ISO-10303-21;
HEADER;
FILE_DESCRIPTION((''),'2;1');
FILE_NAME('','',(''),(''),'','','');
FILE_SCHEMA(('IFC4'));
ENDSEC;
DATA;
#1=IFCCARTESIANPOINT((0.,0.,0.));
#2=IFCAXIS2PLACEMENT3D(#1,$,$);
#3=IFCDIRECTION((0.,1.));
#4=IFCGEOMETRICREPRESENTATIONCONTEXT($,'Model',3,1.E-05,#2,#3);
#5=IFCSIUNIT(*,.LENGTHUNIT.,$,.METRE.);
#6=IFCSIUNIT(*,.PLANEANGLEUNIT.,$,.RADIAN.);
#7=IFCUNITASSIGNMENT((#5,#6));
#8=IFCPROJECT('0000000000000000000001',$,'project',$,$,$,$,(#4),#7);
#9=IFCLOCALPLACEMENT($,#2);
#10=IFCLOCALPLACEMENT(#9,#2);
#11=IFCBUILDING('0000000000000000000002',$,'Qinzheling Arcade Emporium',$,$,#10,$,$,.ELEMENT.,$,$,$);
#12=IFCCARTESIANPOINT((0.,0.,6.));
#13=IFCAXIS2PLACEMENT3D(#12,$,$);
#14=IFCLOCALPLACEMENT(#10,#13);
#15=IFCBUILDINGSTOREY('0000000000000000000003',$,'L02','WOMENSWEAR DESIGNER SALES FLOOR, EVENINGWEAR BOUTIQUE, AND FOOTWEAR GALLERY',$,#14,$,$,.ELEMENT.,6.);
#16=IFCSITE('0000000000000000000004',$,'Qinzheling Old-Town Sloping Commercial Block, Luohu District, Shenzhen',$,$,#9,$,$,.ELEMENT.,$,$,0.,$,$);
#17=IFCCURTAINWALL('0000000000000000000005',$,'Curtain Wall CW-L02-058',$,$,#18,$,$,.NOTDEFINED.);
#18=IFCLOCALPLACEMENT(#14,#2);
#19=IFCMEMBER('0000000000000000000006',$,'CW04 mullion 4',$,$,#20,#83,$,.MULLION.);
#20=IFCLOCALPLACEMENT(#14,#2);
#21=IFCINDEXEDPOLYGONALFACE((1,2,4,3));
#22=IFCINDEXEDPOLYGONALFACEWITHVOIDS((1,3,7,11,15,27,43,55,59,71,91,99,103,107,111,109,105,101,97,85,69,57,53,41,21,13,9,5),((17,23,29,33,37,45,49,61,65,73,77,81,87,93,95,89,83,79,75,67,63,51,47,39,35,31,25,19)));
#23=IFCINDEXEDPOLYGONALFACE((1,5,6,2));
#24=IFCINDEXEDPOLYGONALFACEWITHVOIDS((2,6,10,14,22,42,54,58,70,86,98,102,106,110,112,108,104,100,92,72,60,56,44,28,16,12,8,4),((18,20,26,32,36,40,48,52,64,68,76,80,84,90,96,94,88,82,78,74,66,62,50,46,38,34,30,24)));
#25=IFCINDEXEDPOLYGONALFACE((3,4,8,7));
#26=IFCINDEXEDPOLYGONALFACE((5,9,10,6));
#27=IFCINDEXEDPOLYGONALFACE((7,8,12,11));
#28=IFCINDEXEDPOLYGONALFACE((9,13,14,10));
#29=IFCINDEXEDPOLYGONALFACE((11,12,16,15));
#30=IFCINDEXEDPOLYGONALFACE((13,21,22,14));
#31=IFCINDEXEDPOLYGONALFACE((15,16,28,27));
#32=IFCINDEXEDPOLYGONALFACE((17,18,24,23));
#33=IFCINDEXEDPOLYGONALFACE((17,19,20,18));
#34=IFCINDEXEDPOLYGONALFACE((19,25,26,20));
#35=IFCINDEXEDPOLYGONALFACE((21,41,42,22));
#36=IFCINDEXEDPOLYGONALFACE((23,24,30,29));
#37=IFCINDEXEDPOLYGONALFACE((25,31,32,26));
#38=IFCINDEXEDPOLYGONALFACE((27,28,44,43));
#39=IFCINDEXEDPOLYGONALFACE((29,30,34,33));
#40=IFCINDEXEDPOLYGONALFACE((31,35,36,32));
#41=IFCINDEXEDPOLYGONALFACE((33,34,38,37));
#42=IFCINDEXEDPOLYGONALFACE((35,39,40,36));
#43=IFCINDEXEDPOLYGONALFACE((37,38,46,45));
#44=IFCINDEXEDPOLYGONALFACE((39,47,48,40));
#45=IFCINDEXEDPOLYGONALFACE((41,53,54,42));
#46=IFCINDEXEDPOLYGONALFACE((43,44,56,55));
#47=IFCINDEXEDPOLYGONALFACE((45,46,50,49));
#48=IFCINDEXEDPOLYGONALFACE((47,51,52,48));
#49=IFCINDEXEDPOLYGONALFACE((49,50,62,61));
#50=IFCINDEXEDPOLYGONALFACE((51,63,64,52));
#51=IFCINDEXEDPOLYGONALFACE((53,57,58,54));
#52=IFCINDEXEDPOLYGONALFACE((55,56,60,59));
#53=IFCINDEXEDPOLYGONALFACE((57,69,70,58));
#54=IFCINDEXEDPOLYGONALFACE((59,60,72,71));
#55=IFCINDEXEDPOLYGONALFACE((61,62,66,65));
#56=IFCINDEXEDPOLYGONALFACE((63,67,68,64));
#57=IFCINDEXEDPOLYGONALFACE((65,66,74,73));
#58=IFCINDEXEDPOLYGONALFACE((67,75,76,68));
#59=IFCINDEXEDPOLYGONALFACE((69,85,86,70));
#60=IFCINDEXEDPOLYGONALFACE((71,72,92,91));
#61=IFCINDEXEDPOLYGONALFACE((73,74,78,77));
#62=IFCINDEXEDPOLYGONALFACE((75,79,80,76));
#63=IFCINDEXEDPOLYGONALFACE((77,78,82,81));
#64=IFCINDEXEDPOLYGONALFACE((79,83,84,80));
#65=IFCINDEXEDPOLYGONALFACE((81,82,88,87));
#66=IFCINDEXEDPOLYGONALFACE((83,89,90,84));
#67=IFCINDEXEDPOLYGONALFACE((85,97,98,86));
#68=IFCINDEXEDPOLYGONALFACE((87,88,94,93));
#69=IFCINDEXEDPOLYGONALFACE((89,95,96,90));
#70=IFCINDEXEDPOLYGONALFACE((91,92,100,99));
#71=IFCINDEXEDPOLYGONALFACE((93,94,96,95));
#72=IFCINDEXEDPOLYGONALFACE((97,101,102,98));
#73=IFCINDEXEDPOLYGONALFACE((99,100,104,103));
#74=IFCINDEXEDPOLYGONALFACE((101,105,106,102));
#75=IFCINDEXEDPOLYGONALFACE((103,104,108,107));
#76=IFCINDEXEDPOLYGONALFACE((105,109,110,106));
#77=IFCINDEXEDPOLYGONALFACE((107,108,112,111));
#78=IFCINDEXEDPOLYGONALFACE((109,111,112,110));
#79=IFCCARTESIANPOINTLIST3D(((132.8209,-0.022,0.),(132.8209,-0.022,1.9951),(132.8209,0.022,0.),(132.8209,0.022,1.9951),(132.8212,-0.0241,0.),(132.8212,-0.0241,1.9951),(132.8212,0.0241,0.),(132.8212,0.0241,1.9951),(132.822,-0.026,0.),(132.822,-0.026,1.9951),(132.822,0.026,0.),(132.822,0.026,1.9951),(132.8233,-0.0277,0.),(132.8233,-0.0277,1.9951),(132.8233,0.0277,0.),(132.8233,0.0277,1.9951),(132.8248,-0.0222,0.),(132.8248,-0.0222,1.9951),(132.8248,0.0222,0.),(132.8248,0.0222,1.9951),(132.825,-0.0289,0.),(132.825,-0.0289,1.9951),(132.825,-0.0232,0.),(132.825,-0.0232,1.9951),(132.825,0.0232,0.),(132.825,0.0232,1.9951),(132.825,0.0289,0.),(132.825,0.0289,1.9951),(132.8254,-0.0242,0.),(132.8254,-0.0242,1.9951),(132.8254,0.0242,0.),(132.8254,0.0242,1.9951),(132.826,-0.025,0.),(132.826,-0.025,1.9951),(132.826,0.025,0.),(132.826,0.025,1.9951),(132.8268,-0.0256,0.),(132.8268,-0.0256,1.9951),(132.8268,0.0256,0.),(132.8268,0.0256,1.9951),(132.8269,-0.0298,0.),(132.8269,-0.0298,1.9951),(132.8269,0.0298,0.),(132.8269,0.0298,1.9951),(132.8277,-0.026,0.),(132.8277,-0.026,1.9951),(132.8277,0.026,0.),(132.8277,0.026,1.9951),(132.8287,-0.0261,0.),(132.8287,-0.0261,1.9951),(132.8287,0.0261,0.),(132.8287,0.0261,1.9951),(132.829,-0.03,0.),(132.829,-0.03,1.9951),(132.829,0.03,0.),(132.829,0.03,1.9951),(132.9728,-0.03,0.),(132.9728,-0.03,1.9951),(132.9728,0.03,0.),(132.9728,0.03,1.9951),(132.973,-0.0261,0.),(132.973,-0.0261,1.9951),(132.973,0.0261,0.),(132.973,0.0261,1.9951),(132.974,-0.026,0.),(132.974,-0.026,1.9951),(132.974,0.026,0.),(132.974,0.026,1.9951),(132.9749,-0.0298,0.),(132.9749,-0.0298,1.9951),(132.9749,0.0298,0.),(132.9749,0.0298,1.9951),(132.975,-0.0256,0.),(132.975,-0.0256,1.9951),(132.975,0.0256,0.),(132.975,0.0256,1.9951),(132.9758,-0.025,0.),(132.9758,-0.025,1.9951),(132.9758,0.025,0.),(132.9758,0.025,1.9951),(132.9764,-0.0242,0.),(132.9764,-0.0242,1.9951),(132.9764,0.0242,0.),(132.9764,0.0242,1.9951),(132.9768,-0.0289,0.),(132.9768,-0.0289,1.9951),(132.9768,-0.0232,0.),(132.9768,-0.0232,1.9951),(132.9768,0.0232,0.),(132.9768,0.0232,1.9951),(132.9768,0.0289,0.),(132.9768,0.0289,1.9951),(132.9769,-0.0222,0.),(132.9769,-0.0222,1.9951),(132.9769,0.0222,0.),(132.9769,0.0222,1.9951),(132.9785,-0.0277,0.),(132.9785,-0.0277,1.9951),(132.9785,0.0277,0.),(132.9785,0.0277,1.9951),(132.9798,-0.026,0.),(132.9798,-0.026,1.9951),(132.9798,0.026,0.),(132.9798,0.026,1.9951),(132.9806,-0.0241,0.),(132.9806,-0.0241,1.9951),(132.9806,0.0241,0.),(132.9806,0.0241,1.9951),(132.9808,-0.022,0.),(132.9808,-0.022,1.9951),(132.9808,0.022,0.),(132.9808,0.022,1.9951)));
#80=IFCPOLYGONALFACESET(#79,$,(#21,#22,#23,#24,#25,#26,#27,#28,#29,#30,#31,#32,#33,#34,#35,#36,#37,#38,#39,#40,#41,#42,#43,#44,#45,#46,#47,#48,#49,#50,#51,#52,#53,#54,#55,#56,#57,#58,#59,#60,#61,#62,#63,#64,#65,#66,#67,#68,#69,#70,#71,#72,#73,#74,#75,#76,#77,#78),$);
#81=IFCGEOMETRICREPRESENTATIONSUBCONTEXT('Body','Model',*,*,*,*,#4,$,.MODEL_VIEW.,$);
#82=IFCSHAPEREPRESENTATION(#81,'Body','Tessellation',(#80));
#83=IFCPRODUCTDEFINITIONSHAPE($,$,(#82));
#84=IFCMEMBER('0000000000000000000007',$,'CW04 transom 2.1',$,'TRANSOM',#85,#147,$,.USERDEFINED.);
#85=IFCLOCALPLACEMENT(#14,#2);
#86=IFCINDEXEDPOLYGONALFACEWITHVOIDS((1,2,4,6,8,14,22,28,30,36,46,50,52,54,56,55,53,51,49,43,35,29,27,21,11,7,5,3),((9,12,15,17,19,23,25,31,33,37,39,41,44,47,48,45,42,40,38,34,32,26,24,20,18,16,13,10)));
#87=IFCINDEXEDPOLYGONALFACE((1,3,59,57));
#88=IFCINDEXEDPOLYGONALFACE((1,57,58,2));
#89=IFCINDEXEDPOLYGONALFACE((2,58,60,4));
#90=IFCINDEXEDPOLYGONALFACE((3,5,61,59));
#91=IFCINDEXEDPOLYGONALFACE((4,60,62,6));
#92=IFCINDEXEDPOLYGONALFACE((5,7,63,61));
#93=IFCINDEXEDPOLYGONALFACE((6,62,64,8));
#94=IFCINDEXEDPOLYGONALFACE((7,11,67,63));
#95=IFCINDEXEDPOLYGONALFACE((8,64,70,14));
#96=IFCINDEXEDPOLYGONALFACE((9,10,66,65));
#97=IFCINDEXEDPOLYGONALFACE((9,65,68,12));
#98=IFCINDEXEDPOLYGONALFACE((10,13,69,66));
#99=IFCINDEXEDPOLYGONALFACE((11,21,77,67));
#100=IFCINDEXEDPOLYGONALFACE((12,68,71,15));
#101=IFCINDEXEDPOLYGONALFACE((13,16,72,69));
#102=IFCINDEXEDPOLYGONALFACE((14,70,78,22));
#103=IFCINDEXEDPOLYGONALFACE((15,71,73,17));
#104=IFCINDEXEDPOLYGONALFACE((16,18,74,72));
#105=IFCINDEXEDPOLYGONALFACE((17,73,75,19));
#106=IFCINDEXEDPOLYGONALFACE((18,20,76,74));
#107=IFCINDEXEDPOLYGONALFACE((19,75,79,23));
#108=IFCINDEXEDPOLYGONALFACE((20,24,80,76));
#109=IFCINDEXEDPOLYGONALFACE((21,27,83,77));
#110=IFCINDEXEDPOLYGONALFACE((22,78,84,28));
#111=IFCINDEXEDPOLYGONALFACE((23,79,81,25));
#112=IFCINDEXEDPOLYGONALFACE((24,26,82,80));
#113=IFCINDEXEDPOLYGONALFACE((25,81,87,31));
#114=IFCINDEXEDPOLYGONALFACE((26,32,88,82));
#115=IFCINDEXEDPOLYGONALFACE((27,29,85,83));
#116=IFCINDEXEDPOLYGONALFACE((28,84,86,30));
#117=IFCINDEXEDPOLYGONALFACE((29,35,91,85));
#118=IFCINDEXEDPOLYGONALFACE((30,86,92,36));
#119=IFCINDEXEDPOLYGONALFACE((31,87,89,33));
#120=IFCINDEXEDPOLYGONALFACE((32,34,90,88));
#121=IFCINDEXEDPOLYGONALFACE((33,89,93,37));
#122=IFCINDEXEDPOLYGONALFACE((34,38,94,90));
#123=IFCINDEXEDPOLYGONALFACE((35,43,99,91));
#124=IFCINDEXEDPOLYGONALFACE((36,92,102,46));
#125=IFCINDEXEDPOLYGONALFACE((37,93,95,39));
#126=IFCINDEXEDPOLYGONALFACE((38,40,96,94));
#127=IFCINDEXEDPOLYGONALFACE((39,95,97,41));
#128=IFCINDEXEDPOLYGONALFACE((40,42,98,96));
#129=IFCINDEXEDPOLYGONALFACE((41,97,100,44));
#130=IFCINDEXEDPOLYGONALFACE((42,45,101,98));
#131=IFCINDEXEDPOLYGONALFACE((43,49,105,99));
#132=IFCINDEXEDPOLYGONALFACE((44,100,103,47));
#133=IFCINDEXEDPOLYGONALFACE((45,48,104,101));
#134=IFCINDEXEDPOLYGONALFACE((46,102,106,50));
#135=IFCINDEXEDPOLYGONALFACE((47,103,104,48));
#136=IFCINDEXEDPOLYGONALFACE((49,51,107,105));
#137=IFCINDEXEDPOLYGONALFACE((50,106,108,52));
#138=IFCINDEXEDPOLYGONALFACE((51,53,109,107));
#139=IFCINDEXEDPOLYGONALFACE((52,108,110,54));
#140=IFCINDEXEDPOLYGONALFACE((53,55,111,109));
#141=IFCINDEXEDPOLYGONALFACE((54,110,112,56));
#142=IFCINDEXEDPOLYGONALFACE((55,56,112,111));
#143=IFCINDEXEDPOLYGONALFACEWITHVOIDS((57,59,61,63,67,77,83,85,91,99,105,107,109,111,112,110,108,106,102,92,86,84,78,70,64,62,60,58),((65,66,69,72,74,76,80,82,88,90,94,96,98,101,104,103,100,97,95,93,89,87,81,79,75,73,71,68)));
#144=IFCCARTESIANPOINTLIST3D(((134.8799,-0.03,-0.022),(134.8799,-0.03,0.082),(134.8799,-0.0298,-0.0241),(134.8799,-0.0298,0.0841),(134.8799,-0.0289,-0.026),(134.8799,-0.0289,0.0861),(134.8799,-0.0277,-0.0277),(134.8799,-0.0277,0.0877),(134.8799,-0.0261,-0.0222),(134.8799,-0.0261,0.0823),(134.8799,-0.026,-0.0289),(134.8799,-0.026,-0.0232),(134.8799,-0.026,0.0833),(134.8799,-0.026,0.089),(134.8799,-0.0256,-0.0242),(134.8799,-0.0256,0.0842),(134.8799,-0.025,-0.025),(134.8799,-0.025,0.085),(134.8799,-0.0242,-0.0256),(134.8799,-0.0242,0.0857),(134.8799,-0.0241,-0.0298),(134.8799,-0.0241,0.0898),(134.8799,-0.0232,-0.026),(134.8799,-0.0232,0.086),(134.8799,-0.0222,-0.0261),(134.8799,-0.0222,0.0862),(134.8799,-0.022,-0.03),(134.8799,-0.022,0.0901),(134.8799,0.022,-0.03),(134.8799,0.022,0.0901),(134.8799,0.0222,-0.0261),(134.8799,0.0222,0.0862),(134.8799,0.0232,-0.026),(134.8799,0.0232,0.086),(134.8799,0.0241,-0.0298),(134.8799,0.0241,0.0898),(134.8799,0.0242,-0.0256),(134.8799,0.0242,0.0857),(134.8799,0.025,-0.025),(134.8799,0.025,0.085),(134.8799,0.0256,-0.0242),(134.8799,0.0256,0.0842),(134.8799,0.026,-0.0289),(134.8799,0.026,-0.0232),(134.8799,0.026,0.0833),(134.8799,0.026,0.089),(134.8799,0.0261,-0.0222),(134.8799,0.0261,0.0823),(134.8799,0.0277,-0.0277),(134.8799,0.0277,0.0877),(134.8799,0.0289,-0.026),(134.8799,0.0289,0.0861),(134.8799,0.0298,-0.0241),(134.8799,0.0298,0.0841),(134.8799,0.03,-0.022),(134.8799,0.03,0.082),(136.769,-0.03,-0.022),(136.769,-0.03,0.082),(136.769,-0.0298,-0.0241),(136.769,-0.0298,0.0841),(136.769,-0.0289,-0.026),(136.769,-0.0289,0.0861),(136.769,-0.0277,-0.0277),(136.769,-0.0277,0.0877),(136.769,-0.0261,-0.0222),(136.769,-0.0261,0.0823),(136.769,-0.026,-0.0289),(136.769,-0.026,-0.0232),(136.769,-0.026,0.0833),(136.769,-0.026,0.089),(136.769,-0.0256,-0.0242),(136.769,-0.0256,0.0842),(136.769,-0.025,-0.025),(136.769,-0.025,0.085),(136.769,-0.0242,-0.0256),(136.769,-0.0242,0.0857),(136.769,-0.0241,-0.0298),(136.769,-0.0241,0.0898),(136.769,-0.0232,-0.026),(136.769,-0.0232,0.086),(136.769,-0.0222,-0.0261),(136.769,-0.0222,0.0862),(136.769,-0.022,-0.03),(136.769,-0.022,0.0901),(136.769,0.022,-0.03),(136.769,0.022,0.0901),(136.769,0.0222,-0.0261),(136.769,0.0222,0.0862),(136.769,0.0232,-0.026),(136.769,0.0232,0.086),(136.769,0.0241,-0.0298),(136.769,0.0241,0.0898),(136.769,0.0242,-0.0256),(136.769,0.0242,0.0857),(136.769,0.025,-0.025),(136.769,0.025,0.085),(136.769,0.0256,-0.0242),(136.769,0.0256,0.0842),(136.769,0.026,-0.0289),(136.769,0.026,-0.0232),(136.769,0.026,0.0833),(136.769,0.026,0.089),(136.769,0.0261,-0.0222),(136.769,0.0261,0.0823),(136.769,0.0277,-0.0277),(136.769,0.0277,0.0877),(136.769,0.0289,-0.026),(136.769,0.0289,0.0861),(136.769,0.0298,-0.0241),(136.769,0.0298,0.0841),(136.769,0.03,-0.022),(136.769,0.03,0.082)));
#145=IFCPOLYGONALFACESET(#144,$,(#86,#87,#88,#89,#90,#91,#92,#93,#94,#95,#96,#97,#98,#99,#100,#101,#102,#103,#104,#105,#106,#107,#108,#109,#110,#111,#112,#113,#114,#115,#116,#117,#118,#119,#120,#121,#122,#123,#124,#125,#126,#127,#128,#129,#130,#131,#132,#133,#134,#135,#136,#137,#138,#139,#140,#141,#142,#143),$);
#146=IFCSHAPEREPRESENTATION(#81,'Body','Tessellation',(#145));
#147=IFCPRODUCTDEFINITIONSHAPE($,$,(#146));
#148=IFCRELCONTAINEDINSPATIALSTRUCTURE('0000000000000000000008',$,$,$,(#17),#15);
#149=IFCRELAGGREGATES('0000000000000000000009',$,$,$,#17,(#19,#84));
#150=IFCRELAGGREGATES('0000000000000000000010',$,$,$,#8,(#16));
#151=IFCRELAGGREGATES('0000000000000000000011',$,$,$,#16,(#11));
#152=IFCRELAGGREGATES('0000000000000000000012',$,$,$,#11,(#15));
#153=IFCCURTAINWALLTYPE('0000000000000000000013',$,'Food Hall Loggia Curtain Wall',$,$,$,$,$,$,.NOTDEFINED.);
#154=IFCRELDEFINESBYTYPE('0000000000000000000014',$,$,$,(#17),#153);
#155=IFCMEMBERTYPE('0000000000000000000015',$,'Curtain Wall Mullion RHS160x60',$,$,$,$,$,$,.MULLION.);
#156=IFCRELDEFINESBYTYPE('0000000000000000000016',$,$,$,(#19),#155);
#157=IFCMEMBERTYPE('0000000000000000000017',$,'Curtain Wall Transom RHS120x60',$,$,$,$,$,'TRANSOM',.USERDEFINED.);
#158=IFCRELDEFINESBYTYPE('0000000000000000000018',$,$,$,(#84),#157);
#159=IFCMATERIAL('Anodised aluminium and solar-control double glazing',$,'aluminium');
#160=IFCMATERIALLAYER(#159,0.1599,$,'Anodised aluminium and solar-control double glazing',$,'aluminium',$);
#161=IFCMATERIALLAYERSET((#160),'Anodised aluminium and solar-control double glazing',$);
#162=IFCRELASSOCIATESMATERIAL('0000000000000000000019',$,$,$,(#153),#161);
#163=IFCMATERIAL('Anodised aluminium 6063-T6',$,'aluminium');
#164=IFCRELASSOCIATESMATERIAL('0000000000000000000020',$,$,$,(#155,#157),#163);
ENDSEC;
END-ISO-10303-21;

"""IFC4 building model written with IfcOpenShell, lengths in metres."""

from ifc_helpers import new_model, si_unit, direction, frame, origin, origin_2d, place, context, subcontext, project, spatial, hollow_rectangle, extrude, material, layer, layer_set, material_profile, profile_set, type_object, element, aggregate, save


model = new_model("IFC4")

# Units and contexts
model_context = context("Model", 3, precision=1e-05, world=origin(), true_north=direction((0.0, 1.0)))
body_context = subcontext(model_context, "Body", "Model", "MODEL_VIEW")
ifc_project = project(units=[si_unit("LENGTHUNIT", "METRE"), si_unit("PLANEANGLEUNIT", "RADIAN")], contexts=[model_context])

# Site, building, storey
site_placement = place(None, origin())
site = spatial("IfcSite", under=ifc_project, at=site_placement, Name="Qinzheling Old-Town Sloping Commercial Block, Luohu District, Shenzhen", CompositionType="ELEMENT", RefElevation=0.0)
building_placement = place(site_placement, origin())
building = spatial("IfcBuilding", under=site, at=building_placement, Name="Qinzheling Arcade Emporium", CompositionType="ELEMENT")
storey_placement = place(building_placement, frame((0.0, 0.0, 6.0)))
storey = spatial("IfcBuildingStorey", under=building, at=storey_placement, Name="L02", Description="WOMENSWEAR DESIGNER SALES FLOOR, EVENINGWEAR BOUTIQUE, AND FOOTWEAR GALLERY", CompositionType="ELEMENT", Elevation=6.0)

# Curtain wall, members
ifc_material_1 = material(Name="Anodised aluminium and solar-control double glazing", Category="aluminium")
ifc_layer_1 = layer(ifc_material_1, 0.1599, Name="Anodised aluminium and solar-control double glazing", Category="aluminium")
ifc_layer_set_1 = layer_set([ifc_layer_1], Name="Anodised aluminium and solar-control double glazing")
curtain_wall_type = type_object("IfcCurtainWallType", Name="Food Hall Loggia Curtain Wall", PredefinedType="NOTDEFINED", material=ifc_layer_set_1)
curtain_wall_placement = place(storey_placement, origin())
curtain_wall = element("IfcCurtainWall", 1, at=curtain_wall_placement, inside=storey, type_object=curtain_wall_type, Name="Curtain Wall CW-L02-058", PredefinedType="NOTDEFINED")
ifc_material_2 = material(Name="Anodised aluminium 6063-T6", Category="aluminium")
ifc_material_profile_1 = material_profile(ifc_material_2, hollow_rectangle(XDim=0.0601, YDim=0.1599, WallThickness=0.0039, InnerFilletRadius=0.0039, OuterFilletRadius=0.0081, at=origin_2d()), Name="RHS 160x60x4", Category="aluminium")
ifc_profile_set_1 = profile_set([ifc_material_profile_1], Name="Anodised aluminium 6063-T6")
member_type_1 = type_object("IfcMemberType", Name="Curtain Wall Mullion RHS160x60", PredefinedType="MULLION", material=ifc_profile_set_1)
member_1_placement = place(storey_placement, frame((132.9009, 0.0, 0.0), z_axis=(0.0, 0.0, 1.0), x_axis=(0.0, -1.0, 0.0)))
member_1 = element("IfcMember", 2, at=member_1_placement, type_object=member_type_1, Name="CW04 mullion 4", PredefinedType="MULLION", context=body_context, shape_type="SweptSolid", body=[
    extrude(hollow_rectangle(XDim=0.0601, YDim=0.1599, WallThickness=0.0039, InnerFilletRadius=0.0039, OuterFilletRadius=0.0081, at=origin_2d()), origin(), (0.0, 0.0, 1.0), 1.9951),
])
ifc_material_profile_2 = material_profile(ifc_material_2, hollow_rectangle(XDim=0.0601, YDim=0.1201, WallThickness=0.0039, InnerFilletRadius=0.0039, OuterFilletRadius=0.0081, at=origin_2d()), Name="RHS 120x60x4", Category="aluminium")
ifc_profile_set_2 = profile_set([ifc_material_profile_2], Name="Anodised aluminium 6063-T6")
member_type_2 = type_object("IfcMemberType", Name="Curtain Wall Transom RHS120x60", ElementType="TRANSOM", PredefinedType="USERDEFINED", material=ifc_profile_set_2)
member_2_placement = place(storey_placement, frame((136.769, 0.0, 0.03), z_axis=(-1.0, 0.0, 0.0), x_axis=(0.0, -1.0, 0.0)))
member_2 = element("IfcMember", 3, at=member_2_placement, type_object=member_type_2, Name="CW04 transom 2.1", ObjectType="TRANSOM", PredefinedType="USERDEFINED", context=body_context, shape_type="SweptSolid", body=[
    extrude(hollow_rectangle(XDim=0.0601, YDim=0.1201, WallThickness=0.0039, InnerFilletRadius=0.0039, OuterFilletRadius=0.0081, at=origin_2d()), origin(), (0.0, 0.0, 1.0), 1.8892),
])
aggregate(curtain_wall, [member_1, member_2])

save(model, "model.ifc")
